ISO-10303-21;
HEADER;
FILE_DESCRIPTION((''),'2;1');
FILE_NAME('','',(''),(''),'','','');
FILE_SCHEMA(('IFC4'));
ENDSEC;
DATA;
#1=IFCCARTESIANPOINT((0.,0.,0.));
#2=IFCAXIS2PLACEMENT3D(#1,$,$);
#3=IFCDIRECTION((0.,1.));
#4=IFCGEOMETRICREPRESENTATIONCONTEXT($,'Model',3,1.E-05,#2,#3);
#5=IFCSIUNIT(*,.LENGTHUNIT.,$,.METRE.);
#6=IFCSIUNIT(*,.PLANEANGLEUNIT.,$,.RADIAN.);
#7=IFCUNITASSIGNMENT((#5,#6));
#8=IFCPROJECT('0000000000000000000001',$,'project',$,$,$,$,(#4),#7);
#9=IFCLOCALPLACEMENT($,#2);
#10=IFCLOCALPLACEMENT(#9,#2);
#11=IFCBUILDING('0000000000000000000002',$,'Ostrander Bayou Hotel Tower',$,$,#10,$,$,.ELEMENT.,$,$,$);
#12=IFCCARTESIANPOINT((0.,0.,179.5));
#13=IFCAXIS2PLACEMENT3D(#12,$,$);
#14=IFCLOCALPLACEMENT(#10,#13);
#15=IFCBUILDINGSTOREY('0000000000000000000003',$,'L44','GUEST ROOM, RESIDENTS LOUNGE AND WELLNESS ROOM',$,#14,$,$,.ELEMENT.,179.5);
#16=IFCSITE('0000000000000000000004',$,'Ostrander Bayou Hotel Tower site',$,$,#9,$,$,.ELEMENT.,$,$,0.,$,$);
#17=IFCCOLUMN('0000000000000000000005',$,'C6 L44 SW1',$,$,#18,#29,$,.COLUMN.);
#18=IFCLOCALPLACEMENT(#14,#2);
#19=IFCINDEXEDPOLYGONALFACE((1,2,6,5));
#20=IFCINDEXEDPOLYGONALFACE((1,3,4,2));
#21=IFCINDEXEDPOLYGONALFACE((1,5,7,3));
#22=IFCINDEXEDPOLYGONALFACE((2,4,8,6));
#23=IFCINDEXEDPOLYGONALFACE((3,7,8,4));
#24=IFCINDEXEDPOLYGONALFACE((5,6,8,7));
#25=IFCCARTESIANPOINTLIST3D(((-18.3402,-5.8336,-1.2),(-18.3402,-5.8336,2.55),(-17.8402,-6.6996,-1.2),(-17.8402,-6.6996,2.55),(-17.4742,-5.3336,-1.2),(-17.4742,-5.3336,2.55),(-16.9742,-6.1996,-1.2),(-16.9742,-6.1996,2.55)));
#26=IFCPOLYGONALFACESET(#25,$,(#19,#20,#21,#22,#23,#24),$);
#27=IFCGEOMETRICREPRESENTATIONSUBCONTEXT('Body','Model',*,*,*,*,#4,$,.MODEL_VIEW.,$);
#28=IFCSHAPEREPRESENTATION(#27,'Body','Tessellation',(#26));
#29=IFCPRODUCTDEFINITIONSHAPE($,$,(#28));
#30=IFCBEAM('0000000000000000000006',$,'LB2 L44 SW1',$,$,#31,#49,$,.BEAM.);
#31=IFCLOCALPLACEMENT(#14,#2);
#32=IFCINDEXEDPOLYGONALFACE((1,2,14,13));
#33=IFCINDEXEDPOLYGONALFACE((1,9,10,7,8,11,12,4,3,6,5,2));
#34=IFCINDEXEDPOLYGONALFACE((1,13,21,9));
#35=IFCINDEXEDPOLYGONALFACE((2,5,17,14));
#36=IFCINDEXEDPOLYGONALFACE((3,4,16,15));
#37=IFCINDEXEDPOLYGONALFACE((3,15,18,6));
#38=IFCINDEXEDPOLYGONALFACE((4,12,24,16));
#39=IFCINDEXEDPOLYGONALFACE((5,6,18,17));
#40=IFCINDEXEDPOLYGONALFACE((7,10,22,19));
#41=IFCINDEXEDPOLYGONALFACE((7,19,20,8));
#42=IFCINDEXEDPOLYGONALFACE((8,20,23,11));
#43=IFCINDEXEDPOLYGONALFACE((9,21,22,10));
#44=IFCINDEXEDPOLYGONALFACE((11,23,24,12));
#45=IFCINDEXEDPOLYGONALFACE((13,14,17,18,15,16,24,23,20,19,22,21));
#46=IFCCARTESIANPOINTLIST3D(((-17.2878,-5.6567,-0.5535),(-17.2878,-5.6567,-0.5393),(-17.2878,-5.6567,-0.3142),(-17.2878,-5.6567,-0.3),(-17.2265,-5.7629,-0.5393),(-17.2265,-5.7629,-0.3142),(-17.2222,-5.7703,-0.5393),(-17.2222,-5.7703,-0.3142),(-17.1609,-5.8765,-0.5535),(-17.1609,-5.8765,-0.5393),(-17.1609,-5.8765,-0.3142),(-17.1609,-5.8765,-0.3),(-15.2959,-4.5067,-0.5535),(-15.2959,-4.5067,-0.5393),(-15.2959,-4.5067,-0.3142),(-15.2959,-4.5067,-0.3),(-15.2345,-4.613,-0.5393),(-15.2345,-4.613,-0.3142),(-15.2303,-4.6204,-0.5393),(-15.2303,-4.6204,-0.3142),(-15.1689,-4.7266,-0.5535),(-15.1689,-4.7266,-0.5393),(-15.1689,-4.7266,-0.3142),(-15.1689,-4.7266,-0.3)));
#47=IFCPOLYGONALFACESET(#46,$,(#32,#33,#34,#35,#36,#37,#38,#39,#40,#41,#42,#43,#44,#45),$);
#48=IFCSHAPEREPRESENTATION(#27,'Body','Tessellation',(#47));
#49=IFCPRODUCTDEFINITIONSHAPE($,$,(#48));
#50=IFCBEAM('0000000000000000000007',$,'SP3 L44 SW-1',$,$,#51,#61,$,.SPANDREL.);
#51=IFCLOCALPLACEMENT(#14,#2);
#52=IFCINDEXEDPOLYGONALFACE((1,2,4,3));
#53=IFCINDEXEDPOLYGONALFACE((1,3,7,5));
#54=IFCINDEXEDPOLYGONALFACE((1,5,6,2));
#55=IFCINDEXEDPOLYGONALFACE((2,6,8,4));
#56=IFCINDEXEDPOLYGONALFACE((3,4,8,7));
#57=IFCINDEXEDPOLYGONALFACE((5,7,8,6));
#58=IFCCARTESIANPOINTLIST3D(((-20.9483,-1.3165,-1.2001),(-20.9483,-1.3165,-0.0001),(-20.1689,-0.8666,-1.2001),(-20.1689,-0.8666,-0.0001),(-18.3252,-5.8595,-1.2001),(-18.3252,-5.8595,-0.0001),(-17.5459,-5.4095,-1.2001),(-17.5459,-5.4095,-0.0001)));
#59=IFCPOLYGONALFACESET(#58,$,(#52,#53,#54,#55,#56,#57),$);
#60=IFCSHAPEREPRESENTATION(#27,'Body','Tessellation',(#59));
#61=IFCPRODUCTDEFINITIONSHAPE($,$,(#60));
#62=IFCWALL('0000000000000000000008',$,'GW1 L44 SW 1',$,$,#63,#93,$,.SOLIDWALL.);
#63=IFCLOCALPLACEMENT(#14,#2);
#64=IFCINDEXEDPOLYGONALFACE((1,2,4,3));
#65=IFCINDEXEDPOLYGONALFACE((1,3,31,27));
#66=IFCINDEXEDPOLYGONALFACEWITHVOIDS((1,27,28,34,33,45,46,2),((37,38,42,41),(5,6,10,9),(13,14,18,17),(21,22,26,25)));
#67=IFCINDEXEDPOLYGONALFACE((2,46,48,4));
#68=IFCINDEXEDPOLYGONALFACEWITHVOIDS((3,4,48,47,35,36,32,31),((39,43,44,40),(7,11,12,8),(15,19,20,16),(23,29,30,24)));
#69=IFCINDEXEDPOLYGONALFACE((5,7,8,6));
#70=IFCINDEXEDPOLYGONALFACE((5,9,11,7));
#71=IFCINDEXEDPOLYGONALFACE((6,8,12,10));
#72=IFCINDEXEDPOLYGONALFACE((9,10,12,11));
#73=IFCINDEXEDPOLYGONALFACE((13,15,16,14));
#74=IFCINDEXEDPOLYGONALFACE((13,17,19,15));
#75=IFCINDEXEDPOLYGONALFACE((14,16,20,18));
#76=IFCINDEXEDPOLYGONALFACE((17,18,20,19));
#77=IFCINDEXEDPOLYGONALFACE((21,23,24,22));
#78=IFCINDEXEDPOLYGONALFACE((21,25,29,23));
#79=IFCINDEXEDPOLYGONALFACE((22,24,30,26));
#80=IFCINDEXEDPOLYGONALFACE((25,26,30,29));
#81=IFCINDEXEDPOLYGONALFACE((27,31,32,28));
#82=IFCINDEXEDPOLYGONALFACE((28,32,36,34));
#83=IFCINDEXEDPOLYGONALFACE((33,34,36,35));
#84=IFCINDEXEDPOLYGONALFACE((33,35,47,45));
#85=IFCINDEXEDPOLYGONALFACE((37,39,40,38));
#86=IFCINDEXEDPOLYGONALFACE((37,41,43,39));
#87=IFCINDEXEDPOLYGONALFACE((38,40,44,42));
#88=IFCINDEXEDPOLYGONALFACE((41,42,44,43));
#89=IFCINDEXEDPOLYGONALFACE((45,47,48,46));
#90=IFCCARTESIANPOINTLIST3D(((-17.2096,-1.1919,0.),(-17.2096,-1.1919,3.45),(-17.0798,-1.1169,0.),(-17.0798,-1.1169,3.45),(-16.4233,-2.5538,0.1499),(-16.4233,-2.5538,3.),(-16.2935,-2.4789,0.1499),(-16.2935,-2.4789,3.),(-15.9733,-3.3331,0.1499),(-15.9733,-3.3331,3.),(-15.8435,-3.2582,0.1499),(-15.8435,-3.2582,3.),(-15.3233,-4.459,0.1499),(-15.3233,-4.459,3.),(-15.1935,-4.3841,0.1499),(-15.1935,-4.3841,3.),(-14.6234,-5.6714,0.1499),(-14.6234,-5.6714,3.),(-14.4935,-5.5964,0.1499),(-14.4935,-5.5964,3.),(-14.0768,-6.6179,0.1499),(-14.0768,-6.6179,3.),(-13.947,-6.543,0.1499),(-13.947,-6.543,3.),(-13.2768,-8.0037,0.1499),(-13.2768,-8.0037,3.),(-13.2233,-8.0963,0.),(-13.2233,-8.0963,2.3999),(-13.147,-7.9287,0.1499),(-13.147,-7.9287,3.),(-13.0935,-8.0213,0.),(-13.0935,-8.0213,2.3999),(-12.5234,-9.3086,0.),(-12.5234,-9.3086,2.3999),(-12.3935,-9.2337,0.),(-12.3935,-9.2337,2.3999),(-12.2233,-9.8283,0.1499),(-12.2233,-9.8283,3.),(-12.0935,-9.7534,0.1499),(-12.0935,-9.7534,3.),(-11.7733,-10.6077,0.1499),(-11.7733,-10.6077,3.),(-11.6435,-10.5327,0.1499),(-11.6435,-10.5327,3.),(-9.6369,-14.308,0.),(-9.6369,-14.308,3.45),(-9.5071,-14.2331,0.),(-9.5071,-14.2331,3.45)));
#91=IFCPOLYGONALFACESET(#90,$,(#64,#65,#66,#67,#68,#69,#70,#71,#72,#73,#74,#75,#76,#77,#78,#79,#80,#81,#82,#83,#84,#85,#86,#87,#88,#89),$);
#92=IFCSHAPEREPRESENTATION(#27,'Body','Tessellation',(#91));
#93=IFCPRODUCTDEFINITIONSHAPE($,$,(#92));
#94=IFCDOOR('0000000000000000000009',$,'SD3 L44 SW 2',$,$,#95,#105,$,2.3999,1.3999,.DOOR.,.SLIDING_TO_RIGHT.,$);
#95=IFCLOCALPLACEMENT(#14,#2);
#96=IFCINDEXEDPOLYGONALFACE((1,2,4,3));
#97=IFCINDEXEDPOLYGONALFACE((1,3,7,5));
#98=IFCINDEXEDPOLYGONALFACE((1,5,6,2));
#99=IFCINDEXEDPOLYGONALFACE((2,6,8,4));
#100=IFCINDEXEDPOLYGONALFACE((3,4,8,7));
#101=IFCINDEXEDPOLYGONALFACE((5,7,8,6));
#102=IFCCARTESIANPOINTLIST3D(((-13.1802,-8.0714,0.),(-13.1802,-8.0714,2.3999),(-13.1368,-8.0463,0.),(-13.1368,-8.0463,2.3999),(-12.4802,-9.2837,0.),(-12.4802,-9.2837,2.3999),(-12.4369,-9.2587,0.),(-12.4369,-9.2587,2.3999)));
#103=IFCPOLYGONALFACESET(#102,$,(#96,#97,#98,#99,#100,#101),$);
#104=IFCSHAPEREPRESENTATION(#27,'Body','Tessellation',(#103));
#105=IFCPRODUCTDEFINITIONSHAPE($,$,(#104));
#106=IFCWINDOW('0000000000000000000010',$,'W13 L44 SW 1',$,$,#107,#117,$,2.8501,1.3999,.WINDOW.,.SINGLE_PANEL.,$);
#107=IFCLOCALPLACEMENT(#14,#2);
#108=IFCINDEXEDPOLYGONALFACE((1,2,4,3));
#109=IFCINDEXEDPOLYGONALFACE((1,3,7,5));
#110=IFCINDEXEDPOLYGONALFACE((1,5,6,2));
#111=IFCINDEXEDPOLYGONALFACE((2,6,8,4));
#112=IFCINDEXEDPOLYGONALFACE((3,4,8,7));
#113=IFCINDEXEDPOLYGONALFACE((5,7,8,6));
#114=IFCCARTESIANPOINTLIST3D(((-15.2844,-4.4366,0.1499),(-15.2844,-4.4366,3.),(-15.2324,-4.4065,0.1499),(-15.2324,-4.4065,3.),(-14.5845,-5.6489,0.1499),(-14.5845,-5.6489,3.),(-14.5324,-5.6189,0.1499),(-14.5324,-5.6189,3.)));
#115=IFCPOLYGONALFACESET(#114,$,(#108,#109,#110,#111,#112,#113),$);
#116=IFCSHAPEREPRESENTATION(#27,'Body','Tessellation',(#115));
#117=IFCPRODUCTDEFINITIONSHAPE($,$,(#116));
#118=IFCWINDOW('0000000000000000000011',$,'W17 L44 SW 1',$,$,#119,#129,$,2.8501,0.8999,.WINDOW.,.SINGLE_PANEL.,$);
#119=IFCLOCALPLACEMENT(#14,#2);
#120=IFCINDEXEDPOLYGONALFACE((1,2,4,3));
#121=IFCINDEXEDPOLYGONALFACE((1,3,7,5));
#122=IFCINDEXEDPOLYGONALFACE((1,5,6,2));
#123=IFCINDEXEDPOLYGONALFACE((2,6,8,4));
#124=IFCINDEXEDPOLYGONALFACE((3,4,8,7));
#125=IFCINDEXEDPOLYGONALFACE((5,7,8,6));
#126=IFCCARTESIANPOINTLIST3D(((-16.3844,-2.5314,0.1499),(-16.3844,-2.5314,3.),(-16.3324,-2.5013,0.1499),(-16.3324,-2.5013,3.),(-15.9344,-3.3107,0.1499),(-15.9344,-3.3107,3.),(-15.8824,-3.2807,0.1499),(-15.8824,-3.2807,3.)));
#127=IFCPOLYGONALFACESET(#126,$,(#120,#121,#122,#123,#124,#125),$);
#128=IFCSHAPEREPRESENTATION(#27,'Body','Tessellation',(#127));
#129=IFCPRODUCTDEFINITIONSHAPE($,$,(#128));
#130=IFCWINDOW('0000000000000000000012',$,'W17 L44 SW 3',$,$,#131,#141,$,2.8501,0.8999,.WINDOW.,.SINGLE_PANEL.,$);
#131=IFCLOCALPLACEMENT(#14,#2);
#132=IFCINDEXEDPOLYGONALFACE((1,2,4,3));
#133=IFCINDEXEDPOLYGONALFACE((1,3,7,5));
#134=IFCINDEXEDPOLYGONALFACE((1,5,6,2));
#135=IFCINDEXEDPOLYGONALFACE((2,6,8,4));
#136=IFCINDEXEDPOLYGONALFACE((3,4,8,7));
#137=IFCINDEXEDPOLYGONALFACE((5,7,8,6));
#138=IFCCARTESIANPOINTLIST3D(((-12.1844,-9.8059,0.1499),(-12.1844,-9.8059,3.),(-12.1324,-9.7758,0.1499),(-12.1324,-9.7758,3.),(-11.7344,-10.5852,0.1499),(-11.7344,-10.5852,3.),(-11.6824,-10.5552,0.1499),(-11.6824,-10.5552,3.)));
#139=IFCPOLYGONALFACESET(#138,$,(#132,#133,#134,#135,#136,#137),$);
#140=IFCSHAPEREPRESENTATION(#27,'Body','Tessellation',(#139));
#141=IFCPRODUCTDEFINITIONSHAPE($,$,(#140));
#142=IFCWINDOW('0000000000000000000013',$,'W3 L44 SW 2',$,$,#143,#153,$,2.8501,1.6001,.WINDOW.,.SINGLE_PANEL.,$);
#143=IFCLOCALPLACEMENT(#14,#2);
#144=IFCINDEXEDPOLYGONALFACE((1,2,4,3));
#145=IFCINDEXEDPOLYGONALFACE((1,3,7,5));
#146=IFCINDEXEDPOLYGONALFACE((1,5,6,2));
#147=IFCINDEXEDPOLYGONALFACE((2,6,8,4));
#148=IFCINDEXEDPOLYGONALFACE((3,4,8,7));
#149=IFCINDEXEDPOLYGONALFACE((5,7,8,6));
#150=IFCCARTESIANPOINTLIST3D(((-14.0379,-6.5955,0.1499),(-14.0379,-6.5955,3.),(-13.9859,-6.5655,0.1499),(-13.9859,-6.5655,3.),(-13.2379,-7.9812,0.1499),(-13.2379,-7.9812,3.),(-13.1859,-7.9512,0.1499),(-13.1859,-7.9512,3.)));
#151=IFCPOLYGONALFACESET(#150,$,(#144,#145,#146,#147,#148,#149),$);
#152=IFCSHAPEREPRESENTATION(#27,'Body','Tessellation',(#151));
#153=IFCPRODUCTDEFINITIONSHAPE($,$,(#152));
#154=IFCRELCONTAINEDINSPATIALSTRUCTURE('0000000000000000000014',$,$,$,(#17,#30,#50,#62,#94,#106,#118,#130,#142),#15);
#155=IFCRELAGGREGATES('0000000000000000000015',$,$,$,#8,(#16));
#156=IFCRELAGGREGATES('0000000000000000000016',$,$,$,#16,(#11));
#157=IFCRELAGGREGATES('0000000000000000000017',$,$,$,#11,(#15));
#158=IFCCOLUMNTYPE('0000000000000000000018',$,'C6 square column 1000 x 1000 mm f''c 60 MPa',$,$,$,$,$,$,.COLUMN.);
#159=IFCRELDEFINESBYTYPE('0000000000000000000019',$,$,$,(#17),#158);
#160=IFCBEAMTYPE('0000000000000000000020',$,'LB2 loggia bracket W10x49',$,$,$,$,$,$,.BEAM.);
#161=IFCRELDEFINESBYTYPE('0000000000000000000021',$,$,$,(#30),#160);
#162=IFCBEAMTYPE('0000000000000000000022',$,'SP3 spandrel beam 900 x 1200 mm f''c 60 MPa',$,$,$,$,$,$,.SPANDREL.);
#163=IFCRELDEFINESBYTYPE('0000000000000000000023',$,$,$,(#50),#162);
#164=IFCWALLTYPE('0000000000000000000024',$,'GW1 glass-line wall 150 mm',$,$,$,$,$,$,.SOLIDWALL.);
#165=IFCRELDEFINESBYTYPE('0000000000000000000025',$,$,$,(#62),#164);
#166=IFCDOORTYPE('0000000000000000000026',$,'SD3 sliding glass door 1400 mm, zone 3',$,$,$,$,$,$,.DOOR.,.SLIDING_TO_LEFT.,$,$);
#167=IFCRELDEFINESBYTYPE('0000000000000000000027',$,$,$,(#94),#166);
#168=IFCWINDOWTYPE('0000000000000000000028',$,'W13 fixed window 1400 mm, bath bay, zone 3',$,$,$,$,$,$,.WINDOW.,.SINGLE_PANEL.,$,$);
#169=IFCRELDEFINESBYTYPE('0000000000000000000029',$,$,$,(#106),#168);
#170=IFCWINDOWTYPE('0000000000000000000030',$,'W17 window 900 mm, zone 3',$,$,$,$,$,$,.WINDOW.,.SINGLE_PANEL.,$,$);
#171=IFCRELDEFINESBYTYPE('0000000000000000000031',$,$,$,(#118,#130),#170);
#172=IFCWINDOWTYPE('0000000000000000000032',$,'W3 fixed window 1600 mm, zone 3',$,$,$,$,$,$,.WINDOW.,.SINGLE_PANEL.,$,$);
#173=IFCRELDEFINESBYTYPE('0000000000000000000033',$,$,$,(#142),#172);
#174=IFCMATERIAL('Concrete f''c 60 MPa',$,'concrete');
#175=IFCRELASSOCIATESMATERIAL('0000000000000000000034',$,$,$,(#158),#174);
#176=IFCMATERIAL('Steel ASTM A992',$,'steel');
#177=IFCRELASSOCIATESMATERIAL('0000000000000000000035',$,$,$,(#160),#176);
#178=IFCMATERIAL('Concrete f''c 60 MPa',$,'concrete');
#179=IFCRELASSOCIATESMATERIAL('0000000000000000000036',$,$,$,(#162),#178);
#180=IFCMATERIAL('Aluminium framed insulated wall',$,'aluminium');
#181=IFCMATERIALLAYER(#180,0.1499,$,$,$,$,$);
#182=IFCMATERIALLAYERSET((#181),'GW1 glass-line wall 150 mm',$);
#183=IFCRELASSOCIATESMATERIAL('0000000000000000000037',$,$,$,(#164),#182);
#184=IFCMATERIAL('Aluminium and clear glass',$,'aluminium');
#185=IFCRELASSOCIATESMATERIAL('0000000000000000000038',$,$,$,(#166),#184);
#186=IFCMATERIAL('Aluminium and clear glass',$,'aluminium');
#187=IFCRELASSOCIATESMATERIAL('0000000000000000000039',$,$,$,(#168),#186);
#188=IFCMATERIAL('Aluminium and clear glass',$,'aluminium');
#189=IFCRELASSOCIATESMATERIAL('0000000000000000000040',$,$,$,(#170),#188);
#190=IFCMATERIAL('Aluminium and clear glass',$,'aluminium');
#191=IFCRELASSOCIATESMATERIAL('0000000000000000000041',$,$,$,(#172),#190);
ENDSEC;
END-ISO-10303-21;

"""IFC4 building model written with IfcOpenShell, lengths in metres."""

from ifc_helpers import new_model, si_unit, direction, frame, frame_2d, origin, origin_2d, place, context, subcontext, project, spatial, rectangle, i_section, extrude, material, layer, layer_set, material_profile, profile_set, type_object, element, fill, save


model = new_model("IFC4")

# Units and contexts
model_context = context("Model", 3, precision=1e-05, world=origin(), true_north=direction((0.0, 1.0)))
body_context = subcontext(model_context, "Body", "Model", "MODEL_VIEW")
ifc_project = project(units=[si_unit("LENGTHUNIT", "METRE"), si_unit("PLANEANGLEUNIT", "RADIAN")], contexts=[model_context])

# Site, building, storey
site_placement = place(None, origin())
site = spatial("IfcSite", under=ifc_project, at=site_placement, Name="Ostrander Bayou Hotel Tower site", CompositionType="ELEMENT", RefElevation=0.0)
building_placement = place(site_placement, origin())
building = spatial("IfcBuilding", under=site, at=building_placement, Name="Ostrander Bayou Hotel Tower", CompositionType="ELEMENT")
storey_placement = place(building_placement, frame((0.0, 0.0, 179.5)))
storey = spatial("IfcBuildingStorey", under=building, at=storey_placement, Name="L44", Description="GUEST ROOM, RESIDENTS LOUNGE AND WELLNESS ROOM", CompositionType="ELEMENT", Elevation=179.5)

# Column
ifc_material_1 = material(Name="Concrete f'c 60 MPa", Category="concrete")
ifc_material_profile_1 = material_profile(ifc_material_1, rectangle(XDim=1.0, YDim=1.0, at=origin_2d()))
ifc_profile_set_1 = profile_set([ifc_material_profile_1], Name="Concrete f'c 60 MPa")
column_type = type_object("IfcColumnType", Name="C6 square column 1000 x 1000 mm f'c 60 MPa", PredefinedType="COLUMN", material=ifc_profile_set_1)
column_placement = place(storey_placement, frame((-17.6572, -6.0166, -1.2), z_axis=(0.0, 0.0, 1.0), x_axis=(-0.5, 0.866025, 0.0)))
element("IfcColumn", 1, at=column_placement, inside=storey, type_object=column_type, Name="C6 L44 SW1", PredefinedType="COLUMN", context=body_context, shape_type="SweptSolid", body=[
    extrude(rectangle(XDim=1.0, YDim=1.0, at=origin_2d()), origin(), (0.0, 0.0, 1.0), 3.75),
])

# Beams
ifc_material_2 = material(Name="Steel ASTM A992", Category="steel")
ifc_material_profile_2 = material_profile(ifc_material_2, i_section(OverallWidth=0.2539, OverallDepth=0.2534, WebThickness=0.0085, FlangeThickness=0.0142, at=origin_2d()))
ifc_profile_set_2 = profile_set([ifc_material_profile_2], Name="Steel ASTM A992")
beam_type_1 = type_object("IfcBeamType", Name="LB2 loggia bracket W10x49", PredefinedType="BEAM", material=ifc_profile_set_2)
beam_1_placement = place(storey_placement, frame((-17.2244, -5.7666, -0.4268), z_axis=(0.866053, 0.499952, 0.0), x_axis=(-0.499952, 0.866053, 0.0)))
element("IfcBeam", 2, at=beam_1_placement, inside=storey, type_object=beam_type_1, Name="LB2 L44 SW1", PredefinedType="BEAM", context=body_context, shape_type="SweptSolid", body=[
    extrude(i_section(OverallWidth=0.2539, OverallDepth=0.2534, WebThickness=0.0085, FlangeThickness=0.0142, at=origin_2d()), origin(), (0.0, 0.0, 1.0), 2.3),
])
ifc_material_3 = material(Name="Concrete f'c 60 MPa", Category="concrete")
ifc_material_profile_3 = material_profile(ifc_material_3, rectangle(XDim=0.8999, YDim=1.2, at=origin_2d()))
ifc_profile_set_3 = profile_set([ifc_material_profile_3], Name="Concrete f'c 60 MPa")
beam_type_2 = type_object("IfcBeamType", Name="SP3 spandrel beam 900 x 1200 mm f'c 60 MPa", PredefinedType="SPANDREL", material=ifc_profile_set_3)
beam_2_placement = place(storey_placement, frame((-20.5586, -1.0916, -0.6001), z_axis=(0.500023, -0.866012, 0.0), x_axis=(0.866012, 0.500023, 0.0)))
element("IfcBeam", 3, at=beam_2_placement, inside=storey, type_object=beam_type_2, Name="SP3 L44 SW-1", PredefinedType="SPANDREL", context=body_context, shape_type="SweptSolid", body=[
    extrude(rectangle(XDim=0.8999, YDim=1.2, at=origin_2d()), origin(), (0.0, 0.0, 1.0), 5.2458),
])

# Wall, openings, door, windows
ifc_material_4 = material(Name="Aluminium framed insulated wall", Category="aluminium")
ifc_layer_1 = layer(ifc_material_4, 0.1499)
ifc_layer_set_1 = layer_set([ifc_layer_1], Name="GW1 glass-line wall 150 mm")
wall_type_1 = type_object("IfcWallType", Name="GW1 glass-line wall 150 mm", PredefinedType="SOLIDWALL", material=ifc_layer_set_1)
wall_1_placement = place(storey_placement, frame((-17.1448, -1.1543, 0.0), z_axis=(0.0, 0.0, 1.0), x_axis=(0.500005, -0.866022, 0.0)))
wall_1 = element("IfcWall", 4, at=wall_1_placement, inside=storey, type_object=wall_type_1, Name="GW1 L44 SW 1", PredefinedType="SOLIDWALL", context=body_context, shape_type="SweptSolid", body=[
    extrude(rectangle(XDim=15.1453, YDim=0.1499, at=frame_2d((7.5728, 0.0))), origin(), (0.0, 0.0, 1.0), 3.45),
])
opening_1_placement = place(wall_1_placement, frame((1.5728, 0.0, 0.1499)))
opening_1 = element("IfcOpeningElement", 5, at=opening_1_placement, cuts=wall_1, PredefinedType="OPENING", context=body_context, shape_type="SweptSolid", body=[
    extrude(rectangle(XDim=0.8999, YDim=2.8501, at=frame_2d((0.45, 1.425))), frame((0.0, 0.075, 0.0), z_axis=(0.0, -1.0, 0.0), x_axis=(1.0, 0.0, 0.0)), (0.0, 0.0, 1.0), 0.1499),
])
opening_2_placement = place(wall_1_placement, frame((3.7727, 0.0, 0.1499)))
opening_2 = element("IfcOpeningElement", 6, at=opening_2_placement, cuts=wall_1, PredefinedType="OPENING", context=body_context, shape_type="SweptSolid", body=[
    extrude(rectangle(XDim=1.3999, YDim=2.8501, at=frame_2d((0.7, 1.425))), frame((0.0, 0.075, 0.0), z_axis=(0.0, -1.0, 0.0), x_axis=(1.0, 0.0, 0.0)), (0.0, 0.0, 1.0), 0.1499),
])
opening_3_placement = place(wall_1_placement, frame((6.2656, 0.0, 0.1499)))
opening_3 = element("IfcOpeningElement", 7, at=opening_3_placement, cuts=wall_1, PredefinedType="OPENING", context=body_context, shape_type="SweptSolid", body=[
    extrude(rectangle(XDim=1.6001, YDim=2.8501, at=frame_2d((0.8, 1.425))), frame((0.0, 0.075, 0.0), z_axis=(0.0, -1.0, 0.0), x_axis=(1.0, 0.0, 0.0)), (0.0, 0.0, 1.0), 0.1499),
])
opening_4_placement = place(wall_1_placement, frame((7.9727, 0.0, 0.0)))
opening_4 = element("IfcOpeningElement", 8, at=opening_4_placement, cuts=wall_1, PredefinedType="OPENING", context=body_context, shape_type="SweptSolid", body=[
    extrude(rectangle(XDim=1.3999, YDim=2.3999, at=frame_2d((0.7, 1.2))), frame((0.0, 0.075, 0.0), z_axis=(0.0, -1.0, 0.0), x_axis=(1.0, 0.0, 0.0)), (0.0, 0.0, 1.0), 0.1499),
])
opening_5_placement = place(wall_1_placement, frame((9.9727, 0.0, 0.1499)))
opening_5 = element("IfcOpeningElement", 9, at=opening_5_placement, cuts=wall_1, PredefinedType="OPENING", context=body_context, shape_type="SweptSolid", body=[
    extrude(rectangle(XDim=0.8999, YDim=2.8501, at=frame_2d((0.45, 1.425))), frame((0.0, 0.075, 0.0), z_axis=(0.0, -1.0, 0.0), x_axis=(1.0, 0.0, 0.0)), (0.0, 0.0, 1.0), 0.1499),
])
ifc_material_5 = material(Name="Aluminium and clear glass", Category="aluminium")
door_type_1 = type_object("IfcDoorType", Name="SD3 sliding glass door 1400 mm, zone 3", OperationType="SLIDING_TO_LEFT", PredefinedType="DOOR", material=ifc_material_5)
door_1_placement = place(opening_4_placement, origin())
door_1 = element("IfcDoor", 10, at=door_1_placement, inside=storey, type_object=door_type_1, Name="SD3 L44 SW 2", OperationType="SLIDING_TO_RIGHT", OverallHeight=2.3999, OverallWidth=1.3999, PredefinedType="DOOR", context=body_context, shape_type="SweptSolid", body=[
    extrude(rectangle(XDim=1.3999, YDim=2.3999, at=frame_2d((0.7, 1.2))), frame((0.0, 0.0249, 0.0), z_axis=(0.0, -1.0, 0.0), x_axis=(1.0, 0.0, 0.0)), (0.0, 0.0, 1.0), 0.05),
])
fill(opening_4, door_1)
ifc_material_6 = material(Name="Aluminium and clear glass", Category="aluminium")
window_type_1 = type_object("IfcWindowType", Name="W13 fixed window 1400 mm, bath bay, zone 3", PartitioningType="SINGLE_PANEL", PredefinedType="WINDOW", material=ifc_material_6)
window_1_placement = place(opening_2_placement, origin())
window_1 = element("IfcWindow", 11, at=window_1_placement, inside=storey, type_object=window_type_1, Name="W13 L44 SW 1", OverallHeight=2.8501, OverallWidth=1.3999, PartitioningType="SINGLE_PANEL", PredefinedType="WINDOW", context=body_context, shape_type="SweptSolid", body=[
    extrude(rectangle(XDim=1.3999, YDim=2.8501, at=frame_2d((0.7, 1.425))), frame((0.0, 0.03, 0.0), z_axis=(0.0, -1.0, 0.0), x_axis=(1.0, 0.0, 0.0)), (0.0, 0.0, 1.0), 0.0601),
])
fill(opening_2, window_1)
ifc_material_7 = material(Name="Aluminium and clear glass", Category="aluminium")
window_type_2 = type_object("IfcWindowType", Name="W17 window 900 mm, zone 3", PartitioningType="SINGLE_PANEL", PredefinedType="WINDOW", material=ifc_material_7)
window_2_placement = place(opening_1_placement, origin())
window_2 = element("IfcWindow", 12, at=window_2_placement, inside=storey, type_object=window_type_2, Name="W17 L44 SW 1", OverallHeight=2.8501, OverallWidth=0.8999, PartitioningType="SINGLE_PANEL", PredefinedType="WINDOW", context=body_context, shape_type="SweptSolid", body=[
    extrude(rectangle(XDim=0.8999, YDim=2.8501, at=frame_2d((0.45, 1.425))), frame((0.0, 0.03, 0.0), z_axis=(0.0, -1.0, 0.0), x_axis=(1.0, 0.0, 0.0)), (0.0, 0.0, 1.0), 0.0601),
])
fill(opening_1, window_2)
window_3_placement = place(opening_5_placement, origin())
window_3 = element("IfcWindow", 13, at=window_3_placement, inside=storey, type_object=window_type_2, Name="W17 L44 SW 3", OverallHeight=2.8501, OverallWidth=0.8999, PartitioningType="SINGLE_PANEL", PredefinedType="WINDOW", context=body_context, shape_type="SweptSolid", body=[
    extrude(rectangle(XDim=0.8999, YDim=2.8501, at=frame_2d((0.45, 1.425))), frame((0.0, 0.03, 0.0), z_axis=(0.0, -1.0, 0.0), x_axis=(1.0, 0.0, 0.0)), (0.0, 0.0, 1.0), 0.0601),
])
fill(opening_5, window_3)
ifc_material_8 = material(Name="Aluminium and clear glass", Category="aluminium")
window_type_3 = type_object("IfcWindowType", Name="W3 fixed window 1600 mm, zone 3", PartitioningType="SINGLE_PANEL", PredefinedType="WINDOW", material=ifc_material_8)
window_4_placement = place(opening_3_placement, origin())
window_4 = element("IfcWindow", 14, at=window_4_placement, inside=storey, type_object=window_type_3, Name="W3 L44 SW 2", OverallHeight=2.8501, OverallWidth=1.6001, PartitioningType="SINGLE_PANEL", PredefinedType="WINDOW", context=body_context, shape_type="SweptSolid", body=[
    extrude(rectangle(XDim=1.6001, YDim=2.8501, at=frame_2d((0.8, 1.425))), frame((0.0, 0.03, 0.0), z_axis=(0.0, -1.0, 0.0), x_axis=(1.0, 0.0, 0.0)), (0.0, 0.0, 1.0), 0.0601),
])
fill(opening_3, window_4)

save(model, "model.ifc")
